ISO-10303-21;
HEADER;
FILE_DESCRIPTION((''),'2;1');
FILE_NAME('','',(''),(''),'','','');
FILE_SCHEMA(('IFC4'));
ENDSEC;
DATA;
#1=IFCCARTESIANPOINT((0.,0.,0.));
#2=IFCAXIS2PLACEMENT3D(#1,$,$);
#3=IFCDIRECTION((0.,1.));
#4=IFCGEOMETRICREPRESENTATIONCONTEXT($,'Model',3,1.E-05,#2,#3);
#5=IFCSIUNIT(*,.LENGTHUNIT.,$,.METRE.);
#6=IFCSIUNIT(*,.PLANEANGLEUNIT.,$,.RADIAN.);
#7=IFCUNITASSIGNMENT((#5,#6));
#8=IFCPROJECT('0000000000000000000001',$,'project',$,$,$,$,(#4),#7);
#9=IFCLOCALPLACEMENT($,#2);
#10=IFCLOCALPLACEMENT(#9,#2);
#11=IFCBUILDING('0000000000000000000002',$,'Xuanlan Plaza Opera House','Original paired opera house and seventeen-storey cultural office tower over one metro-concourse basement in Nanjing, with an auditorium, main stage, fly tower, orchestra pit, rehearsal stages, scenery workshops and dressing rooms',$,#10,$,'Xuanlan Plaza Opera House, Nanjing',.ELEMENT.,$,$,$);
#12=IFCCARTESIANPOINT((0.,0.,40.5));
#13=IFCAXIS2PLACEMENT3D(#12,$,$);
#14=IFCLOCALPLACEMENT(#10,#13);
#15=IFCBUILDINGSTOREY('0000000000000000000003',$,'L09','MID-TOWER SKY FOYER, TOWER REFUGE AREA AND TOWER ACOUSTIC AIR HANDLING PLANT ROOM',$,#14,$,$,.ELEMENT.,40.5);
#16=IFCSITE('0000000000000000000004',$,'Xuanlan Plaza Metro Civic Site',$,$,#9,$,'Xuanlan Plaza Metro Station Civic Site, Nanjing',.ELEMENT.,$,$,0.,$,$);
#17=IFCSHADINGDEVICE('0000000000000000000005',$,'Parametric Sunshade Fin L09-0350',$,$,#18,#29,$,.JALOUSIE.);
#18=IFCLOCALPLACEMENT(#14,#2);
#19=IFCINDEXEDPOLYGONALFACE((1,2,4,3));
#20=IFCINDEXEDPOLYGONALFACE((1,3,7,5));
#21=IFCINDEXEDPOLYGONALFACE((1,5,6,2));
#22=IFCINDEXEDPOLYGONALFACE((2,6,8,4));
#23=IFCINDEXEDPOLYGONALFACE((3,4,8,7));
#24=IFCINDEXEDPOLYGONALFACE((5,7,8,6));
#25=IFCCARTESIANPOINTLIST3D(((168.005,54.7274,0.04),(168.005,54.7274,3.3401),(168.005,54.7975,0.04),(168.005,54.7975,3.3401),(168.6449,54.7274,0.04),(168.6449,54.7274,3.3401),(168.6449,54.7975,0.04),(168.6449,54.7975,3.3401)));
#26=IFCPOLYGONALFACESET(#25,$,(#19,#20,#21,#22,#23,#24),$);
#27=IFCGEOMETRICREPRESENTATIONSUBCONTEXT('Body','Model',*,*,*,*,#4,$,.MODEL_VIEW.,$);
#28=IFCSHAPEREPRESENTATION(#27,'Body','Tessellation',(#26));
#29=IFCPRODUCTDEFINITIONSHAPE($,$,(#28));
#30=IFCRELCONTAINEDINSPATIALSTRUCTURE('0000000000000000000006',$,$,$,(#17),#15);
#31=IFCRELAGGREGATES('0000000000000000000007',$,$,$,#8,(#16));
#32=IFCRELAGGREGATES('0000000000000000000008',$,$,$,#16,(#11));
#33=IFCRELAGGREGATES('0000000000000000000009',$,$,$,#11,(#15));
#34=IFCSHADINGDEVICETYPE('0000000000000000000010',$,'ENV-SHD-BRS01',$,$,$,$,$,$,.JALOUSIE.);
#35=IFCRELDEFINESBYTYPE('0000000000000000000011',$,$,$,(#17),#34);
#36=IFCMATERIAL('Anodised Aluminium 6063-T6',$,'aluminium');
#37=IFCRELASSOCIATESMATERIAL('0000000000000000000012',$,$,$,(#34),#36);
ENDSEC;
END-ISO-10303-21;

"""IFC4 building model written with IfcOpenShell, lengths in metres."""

from ifc_helpers import new_model, si_unit, direction, frame, origin, origin_2d, place, context, subcontext, project, spatial, rectangle, extrude, material, type_object, element, save


model = new_model("IFC4")

# Units and contexts
model_context = context("Model", 3, precision=1e-05, world=origin(), true_north=direction((0.0, 1.0)))
body_context = subcontext(model_context, "Body", "Model", "MODEL_VIEW")
ifc_project = project(units=[si_unit("LENGTHUNIT", "METRE"), si_unit("PLANEANGLEUNIT", "RADIAN")], contexts=[model_context])

# Site, building, storey
site_placement = place(None, origin())
site = spatial("IfcSite", under=ifc_project, at=site_placement, Name="Xuanlan Plaza Metro Civic Site", LongName="Xuanlan Plaza Metro Station Civic Site, Nanjing", CompositionType="ELEMENT", RefElevation=0.0)
building_placement = place(site_placement, origin())
building = spatial("IfcBuilding", under=site, at=building_placement, Name="Xuanlan Plaza Opera House", Description="Original paired opera house and seventeen-storey cultural office tower over one metro-concourse basement in Nanjing, with an auditorium, main stage, fly tower, orchestra pit, rehearsal stages, scenery workshops and dressing rooms", LongName="Xuanlan Plaza Opera House, Nanjing", CompositionType="ELEMENT")
storey_placement = place(building_placement, frame((0.0, 0.0, 40.5)))
storey = spatial("IfcBuildingStorey", under=building, at=storey_placement, Name="L09", Description="MID-TOWER SKY FOYER, TOWER REFUGE AREA AND TOWER ACOUSTIC AIR HANDLING PLANT ROOM", CompositionType="ELEMENT", Elevation=40.5)

# Shared definitions
ifc_material_1 = material(Name="Anodised Aluminium 6063-T6", Category="aluminium")

# Shading device
shading_device_type = type_object("IfcShadingDeviceType", Name="ENV-SHD-BRS01", PredefinedType="JALOUSIE", material=ifc_material_1)
for number, where, z_axis, x_axis, name in (
    (1, (168.325, 54.7625, 0.04), (0.0, 0.0, 1.0), (1.0, 0.0, 0.0), "Parametric Sunshade Fin L09-0350"),
):
    element("IfcShadingDevice", number, at=place(storey_placement, frame(where, z_axis=z_axis, x_axis=x_axis)), inside=storey, type_object=shading_device_type, Name=name, PredefinedType="JALOUSIE", context=body_context, shape_type="SweptSolid", body=[
        extrude(rectangle(XDim=0.6399, YDim=0.0701, at=origin_2d()), origin(), (0.0, 0.0, 1.0), 3.3),
    ])

save(model, "model.ifc")
